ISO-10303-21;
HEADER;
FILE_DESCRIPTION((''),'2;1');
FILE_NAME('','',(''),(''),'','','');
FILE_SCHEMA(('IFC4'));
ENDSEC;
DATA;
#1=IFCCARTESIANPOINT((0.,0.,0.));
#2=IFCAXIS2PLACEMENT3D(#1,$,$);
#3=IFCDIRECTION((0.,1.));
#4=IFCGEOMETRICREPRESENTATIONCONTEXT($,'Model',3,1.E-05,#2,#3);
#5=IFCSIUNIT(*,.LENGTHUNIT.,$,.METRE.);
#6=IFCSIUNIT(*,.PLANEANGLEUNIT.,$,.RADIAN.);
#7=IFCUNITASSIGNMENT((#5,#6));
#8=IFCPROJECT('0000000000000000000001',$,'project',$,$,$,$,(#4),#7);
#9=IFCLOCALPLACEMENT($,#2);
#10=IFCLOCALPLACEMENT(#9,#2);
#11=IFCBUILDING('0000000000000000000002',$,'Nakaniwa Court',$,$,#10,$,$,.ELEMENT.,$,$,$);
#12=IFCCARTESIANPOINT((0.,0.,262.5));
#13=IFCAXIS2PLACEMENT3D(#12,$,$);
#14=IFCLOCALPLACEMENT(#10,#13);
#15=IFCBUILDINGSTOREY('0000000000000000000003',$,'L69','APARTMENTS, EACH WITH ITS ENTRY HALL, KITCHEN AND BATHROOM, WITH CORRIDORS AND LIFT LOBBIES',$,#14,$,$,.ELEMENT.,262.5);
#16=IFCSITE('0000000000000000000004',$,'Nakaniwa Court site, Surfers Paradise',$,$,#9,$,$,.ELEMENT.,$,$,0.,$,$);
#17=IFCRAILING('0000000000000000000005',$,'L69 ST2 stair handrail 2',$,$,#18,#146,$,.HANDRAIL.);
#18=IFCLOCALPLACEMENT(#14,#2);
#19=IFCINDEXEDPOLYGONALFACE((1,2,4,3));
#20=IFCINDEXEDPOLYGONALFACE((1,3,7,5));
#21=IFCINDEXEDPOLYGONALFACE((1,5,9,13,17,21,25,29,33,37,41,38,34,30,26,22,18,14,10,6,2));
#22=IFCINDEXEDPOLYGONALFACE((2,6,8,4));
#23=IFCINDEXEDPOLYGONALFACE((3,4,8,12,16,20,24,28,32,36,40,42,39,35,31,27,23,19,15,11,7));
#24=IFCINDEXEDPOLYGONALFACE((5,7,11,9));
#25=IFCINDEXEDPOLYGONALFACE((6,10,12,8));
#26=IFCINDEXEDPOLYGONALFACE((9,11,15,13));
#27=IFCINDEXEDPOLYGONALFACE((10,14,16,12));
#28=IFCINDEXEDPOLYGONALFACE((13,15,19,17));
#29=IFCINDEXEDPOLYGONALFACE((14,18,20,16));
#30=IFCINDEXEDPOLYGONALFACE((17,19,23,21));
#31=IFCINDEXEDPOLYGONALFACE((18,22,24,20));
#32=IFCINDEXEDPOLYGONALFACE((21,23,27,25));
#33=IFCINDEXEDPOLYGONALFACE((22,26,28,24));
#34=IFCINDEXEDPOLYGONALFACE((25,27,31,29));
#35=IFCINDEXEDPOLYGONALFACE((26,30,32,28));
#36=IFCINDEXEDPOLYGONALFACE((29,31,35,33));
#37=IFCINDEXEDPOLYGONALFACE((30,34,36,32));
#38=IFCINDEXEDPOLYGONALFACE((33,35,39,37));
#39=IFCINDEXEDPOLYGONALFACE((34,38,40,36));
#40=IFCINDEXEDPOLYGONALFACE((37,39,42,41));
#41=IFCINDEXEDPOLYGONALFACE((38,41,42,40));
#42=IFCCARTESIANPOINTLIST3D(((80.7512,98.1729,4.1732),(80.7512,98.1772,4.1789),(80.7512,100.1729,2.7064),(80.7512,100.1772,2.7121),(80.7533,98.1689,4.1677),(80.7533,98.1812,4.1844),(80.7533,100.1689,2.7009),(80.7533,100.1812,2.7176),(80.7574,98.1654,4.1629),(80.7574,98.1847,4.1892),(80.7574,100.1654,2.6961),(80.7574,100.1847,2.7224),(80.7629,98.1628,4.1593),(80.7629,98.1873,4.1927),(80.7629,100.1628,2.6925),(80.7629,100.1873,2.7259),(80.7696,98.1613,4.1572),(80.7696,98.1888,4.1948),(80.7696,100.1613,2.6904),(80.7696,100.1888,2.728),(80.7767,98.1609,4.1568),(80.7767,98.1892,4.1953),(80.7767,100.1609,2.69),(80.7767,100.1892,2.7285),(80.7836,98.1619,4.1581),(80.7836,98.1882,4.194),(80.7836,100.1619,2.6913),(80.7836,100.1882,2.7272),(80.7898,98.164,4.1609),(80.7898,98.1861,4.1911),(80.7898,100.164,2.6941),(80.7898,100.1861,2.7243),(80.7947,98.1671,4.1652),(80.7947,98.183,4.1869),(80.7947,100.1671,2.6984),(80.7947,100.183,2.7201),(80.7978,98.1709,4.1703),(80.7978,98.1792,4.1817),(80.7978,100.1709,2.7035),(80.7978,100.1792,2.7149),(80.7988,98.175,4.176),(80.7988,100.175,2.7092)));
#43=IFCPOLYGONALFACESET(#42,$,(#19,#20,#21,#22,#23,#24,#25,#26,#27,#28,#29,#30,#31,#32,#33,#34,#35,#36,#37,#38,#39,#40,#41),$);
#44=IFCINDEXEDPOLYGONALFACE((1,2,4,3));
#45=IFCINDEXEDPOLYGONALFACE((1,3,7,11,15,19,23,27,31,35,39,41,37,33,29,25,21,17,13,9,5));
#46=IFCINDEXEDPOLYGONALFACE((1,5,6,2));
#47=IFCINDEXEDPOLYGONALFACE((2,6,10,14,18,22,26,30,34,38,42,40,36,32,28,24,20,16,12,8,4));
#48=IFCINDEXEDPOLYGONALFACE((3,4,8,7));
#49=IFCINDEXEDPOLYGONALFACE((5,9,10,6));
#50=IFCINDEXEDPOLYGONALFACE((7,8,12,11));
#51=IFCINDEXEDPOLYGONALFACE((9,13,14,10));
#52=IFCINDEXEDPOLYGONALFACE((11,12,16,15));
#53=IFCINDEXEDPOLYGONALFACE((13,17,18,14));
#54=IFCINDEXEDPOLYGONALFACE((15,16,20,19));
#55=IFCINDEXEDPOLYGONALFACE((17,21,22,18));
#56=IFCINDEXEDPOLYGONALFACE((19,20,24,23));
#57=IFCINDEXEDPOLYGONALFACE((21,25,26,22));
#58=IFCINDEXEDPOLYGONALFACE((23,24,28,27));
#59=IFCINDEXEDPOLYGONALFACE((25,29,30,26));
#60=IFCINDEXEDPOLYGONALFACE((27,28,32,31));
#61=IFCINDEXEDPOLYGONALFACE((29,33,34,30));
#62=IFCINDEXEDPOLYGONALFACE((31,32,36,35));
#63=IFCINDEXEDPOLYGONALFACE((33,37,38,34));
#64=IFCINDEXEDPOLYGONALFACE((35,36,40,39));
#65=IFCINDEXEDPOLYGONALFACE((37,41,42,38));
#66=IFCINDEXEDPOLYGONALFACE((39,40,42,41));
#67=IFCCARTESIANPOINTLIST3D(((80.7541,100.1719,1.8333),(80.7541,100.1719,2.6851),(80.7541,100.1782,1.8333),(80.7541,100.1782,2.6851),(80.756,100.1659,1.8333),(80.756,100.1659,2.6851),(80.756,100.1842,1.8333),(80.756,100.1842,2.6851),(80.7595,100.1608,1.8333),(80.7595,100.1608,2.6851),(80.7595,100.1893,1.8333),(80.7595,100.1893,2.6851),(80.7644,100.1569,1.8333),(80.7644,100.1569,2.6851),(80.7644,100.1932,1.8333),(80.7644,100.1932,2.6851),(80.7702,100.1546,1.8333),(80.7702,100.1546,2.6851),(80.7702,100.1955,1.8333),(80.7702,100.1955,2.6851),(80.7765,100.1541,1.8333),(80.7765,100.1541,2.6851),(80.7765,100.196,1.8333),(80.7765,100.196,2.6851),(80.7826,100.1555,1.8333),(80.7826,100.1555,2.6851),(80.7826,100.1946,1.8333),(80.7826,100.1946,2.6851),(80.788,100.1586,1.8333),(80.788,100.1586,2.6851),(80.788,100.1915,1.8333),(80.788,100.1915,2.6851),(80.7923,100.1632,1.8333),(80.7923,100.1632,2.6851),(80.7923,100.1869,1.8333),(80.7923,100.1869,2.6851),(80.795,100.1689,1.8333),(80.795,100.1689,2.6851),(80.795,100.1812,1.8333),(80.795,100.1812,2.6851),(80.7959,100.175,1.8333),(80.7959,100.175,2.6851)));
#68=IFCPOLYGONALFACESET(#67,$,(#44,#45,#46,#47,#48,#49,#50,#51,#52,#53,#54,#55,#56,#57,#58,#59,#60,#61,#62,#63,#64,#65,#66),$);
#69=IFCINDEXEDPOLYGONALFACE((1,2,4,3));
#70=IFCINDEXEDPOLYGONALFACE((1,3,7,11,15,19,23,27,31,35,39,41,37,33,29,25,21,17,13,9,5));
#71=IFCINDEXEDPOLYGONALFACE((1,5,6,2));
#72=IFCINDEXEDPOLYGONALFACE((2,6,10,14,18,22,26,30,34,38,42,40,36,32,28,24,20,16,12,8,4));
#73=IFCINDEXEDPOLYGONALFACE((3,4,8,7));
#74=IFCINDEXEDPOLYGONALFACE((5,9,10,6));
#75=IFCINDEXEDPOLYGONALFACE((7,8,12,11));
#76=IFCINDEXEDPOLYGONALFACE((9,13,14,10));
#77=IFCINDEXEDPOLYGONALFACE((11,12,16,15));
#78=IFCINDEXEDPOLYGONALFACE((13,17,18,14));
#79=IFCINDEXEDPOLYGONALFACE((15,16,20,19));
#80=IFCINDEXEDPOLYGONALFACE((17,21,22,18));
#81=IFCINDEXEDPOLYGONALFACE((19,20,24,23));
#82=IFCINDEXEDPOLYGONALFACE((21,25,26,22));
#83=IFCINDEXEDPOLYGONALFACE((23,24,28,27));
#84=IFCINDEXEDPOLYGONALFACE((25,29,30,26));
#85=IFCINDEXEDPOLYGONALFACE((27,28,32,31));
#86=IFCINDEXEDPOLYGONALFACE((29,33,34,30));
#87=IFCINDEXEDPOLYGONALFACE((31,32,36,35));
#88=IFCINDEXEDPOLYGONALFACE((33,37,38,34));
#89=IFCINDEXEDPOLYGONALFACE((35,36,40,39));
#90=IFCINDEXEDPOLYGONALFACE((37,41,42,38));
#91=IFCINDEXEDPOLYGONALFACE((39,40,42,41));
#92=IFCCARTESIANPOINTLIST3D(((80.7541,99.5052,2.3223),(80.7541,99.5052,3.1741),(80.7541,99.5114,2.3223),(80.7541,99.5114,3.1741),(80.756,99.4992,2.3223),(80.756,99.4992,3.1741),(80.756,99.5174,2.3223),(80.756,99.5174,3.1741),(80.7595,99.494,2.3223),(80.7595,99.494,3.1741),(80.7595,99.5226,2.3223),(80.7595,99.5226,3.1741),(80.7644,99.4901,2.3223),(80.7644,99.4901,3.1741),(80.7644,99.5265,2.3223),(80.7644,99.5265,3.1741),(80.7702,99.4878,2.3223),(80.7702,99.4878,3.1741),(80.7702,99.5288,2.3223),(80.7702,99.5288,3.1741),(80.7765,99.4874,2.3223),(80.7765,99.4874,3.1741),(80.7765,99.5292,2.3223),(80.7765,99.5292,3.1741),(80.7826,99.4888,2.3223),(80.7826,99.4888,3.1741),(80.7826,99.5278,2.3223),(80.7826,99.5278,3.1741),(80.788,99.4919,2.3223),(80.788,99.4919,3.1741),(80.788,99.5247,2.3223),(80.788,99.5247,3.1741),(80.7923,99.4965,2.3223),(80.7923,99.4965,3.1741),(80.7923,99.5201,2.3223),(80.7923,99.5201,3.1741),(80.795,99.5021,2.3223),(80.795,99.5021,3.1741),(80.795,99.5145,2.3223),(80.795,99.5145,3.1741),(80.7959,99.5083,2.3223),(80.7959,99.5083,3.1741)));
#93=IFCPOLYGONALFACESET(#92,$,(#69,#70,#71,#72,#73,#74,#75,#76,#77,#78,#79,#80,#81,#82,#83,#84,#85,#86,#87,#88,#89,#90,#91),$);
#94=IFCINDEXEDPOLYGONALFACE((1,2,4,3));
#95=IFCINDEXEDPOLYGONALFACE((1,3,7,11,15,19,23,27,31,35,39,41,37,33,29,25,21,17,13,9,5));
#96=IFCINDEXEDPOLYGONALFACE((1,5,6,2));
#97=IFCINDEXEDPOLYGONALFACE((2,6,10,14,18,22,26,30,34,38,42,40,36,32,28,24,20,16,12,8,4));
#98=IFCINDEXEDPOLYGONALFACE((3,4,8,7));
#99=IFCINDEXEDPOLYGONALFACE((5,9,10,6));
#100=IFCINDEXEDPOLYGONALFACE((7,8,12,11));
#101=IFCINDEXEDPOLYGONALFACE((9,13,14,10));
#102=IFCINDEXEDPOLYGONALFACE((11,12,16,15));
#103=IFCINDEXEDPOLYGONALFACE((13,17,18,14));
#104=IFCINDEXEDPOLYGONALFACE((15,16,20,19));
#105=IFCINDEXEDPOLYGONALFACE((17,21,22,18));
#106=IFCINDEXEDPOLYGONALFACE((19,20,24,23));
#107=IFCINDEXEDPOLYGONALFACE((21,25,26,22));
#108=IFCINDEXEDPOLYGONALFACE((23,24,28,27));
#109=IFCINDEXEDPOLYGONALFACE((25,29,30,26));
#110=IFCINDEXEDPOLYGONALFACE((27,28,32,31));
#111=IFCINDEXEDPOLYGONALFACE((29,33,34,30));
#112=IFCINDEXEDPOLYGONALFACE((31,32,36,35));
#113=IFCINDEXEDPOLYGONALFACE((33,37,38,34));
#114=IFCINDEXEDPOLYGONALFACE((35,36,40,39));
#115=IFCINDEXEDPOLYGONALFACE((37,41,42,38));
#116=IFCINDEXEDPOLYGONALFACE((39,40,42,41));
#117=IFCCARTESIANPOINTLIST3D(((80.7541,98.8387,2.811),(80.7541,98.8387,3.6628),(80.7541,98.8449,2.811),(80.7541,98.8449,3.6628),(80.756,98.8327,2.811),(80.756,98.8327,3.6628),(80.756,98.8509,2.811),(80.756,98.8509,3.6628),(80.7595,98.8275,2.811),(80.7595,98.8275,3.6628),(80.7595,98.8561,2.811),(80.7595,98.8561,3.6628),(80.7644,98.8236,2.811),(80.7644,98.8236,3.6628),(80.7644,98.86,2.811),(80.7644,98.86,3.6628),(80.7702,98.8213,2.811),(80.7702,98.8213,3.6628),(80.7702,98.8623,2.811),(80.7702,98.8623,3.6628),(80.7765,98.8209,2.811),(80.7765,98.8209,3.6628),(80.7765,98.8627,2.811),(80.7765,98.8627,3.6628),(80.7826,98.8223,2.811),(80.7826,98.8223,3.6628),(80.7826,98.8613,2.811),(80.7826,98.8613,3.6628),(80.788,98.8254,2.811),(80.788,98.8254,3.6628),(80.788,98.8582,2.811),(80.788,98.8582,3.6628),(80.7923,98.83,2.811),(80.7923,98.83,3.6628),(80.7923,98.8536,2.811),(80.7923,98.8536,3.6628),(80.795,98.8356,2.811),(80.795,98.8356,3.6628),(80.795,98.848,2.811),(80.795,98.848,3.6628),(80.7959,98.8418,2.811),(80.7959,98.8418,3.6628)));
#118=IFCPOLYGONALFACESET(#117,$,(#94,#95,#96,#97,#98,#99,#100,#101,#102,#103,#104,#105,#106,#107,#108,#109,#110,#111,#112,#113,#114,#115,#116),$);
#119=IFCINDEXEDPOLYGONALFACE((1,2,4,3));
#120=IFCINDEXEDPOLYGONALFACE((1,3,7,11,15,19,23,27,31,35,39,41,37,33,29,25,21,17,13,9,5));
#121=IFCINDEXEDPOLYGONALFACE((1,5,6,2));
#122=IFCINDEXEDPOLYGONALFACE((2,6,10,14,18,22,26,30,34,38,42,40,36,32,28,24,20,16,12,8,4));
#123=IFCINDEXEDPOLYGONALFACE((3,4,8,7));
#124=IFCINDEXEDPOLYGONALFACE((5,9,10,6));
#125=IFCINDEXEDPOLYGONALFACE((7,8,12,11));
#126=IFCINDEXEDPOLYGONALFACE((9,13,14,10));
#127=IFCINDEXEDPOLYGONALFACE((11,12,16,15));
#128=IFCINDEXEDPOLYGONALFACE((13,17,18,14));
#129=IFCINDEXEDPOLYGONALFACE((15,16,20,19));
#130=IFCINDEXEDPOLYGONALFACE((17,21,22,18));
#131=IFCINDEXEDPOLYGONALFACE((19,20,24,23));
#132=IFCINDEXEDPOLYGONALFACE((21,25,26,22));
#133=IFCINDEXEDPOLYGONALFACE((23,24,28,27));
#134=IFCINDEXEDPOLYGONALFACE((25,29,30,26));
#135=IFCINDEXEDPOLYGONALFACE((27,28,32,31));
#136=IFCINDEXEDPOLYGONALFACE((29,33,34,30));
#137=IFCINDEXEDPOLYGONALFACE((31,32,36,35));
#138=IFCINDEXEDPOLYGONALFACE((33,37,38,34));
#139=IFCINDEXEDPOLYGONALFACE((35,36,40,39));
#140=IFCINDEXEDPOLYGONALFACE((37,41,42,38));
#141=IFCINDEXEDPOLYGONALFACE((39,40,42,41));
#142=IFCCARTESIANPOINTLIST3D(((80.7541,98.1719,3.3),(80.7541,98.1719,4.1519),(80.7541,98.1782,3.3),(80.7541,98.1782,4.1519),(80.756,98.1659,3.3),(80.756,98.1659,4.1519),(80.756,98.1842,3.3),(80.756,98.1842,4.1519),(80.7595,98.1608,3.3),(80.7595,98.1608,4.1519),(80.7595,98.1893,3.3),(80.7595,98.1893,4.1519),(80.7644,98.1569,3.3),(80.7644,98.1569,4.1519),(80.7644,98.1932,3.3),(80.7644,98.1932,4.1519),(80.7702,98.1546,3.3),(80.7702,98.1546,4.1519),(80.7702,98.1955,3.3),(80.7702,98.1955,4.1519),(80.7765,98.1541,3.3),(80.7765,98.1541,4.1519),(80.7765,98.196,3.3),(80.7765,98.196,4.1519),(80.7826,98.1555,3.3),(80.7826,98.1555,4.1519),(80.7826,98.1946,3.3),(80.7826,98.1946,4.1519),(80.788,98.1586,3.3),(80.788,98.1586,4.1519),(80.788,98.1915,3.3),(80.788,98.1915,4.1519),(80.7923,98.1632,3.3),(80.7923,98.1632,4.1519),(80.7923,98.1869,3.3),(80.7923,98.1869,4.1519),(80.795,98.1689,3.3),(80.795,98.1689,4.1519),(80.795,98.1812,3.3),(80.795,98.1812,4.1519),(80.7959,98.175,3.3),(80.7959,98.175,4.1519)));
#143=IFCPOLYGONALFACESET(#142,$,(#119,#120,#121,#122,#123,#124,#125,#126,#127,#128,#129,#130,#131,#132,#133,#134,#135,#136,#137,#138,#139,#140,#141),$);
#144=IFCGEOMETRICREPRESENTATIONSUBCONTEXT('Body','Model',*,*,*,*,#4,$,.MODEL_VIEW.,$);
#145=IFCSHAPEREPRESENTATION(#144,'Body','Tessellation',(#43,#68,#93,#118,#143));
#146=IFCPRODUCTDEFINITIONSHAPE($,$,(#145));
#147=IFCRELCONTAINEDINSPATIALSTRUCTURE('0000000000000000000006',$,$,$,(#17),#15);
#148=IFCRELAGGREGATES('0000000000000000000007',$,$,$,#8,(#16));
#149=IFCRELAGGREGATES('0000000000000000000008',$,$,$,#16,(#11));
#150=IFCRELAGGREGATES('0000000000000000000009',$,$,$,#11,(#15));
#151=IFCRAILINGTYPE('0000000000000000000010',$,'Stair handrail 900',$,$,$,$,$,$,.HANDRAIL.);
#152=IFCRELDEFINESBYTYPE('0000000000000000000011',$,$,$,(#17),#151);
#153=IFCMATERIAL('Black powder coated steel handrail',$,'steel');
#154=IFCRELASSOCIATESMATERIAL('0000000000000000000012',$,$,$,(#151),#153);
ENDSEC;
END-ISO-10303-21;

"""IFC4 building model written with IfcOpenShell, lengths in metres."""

from ifc_helpers import new_model, si_unit, direction, frame, origin, origin_2d, place, context, subcontext, project, spatial, circle, extrude, material, type_object, element, save


model = new_model("IFC4")

# Units and contexts
model_context = context("Model", 3, precision=1e-05, world=origin(), true_north=direction((0.0, 1.0)))
body_context = subcontext(model_context, "Body", "Model", "MODEL_VIEW")
ifc_project = project(units=[si_unit("LENGTHUNIT", "METRE"), si_unit("PLANEANGLEUNIT", "RADIAN")], contexts=[model_context])

# Site, building, storey
site_placement = place(None, origin())
site = spatial("IfcSite", under=ifc_project, at=site_placement, Name="Nakaniwa Court site, Surfers Paradise", CompositionType="ELEMENT", RefElevation=0.0)
building_placement = place(site_placement, origin())
building = spatial("IfcBuilding", under=site, at=building_placement, Name="Nakaniwa Court", CompositionType="ELEMENT")
storey_placement = place(building_placement, frame((0.0, 0.0, 262.5)))
storey = spatial("IfcBuildingStorey", under=building, at=storey_placement, Name="L69", Description="APARTMENTS, EACH WITH ITS ENTRY HALL, KITCHEN AND BATHROOM, WITH CORRIDORS AND LIFT LOBBIES", CompositionType="ELEMENT", Elevation=262.5)

# Railing
ifc_material_1 = material(Name="Black powder coated steel handrail", Category="steel")
railing_type_1 = type_object("IfcRailingType", Name="Stair handrail 900", PredefinedType="HANDRAIL", material=ifc_material_1)
railing_1_placement = place(storey_placement, frame((80.7749, 100.175, 1.8333)))
element("IfcRailing", 1, at=railing_1_placement, inside=storey, type_object=railing_type_1, Name="L69 ST2 stair handrail 2", PredefinedType="HANDRAIL", context=body_context, shape_type="SweptSolid", body=[
    extrude(circle(Radius=0.0239, at=origin_2d()), frame((0.0, 0.0, 0.876), z_axis=(0.0, -0.80638, 0.591398), x_axis=(1.0, 0.0, 0.0)), (0.0, 0.0, 1.0), 2.4802),
    extrude(circle(Radius=0.021, at=origin_2d()), origin(), (0.0, 0.0, 1.0), 0.8518),
    extrude(circle(Radius=0.021, at=origin_2d()), frame((0.0, -0.6667, 0.489)), (0.0, 0.0, 1.0), 0.8518),
    extrude(circle(Radius=0.021, at=origin_2d()), frame((0.0, -1.3333, 0.9778)), (0.0, 0.0, 1.0), 0.8518),
    extrude(circle(Radius=0.021, at=origin_2d()), frame((0.0, -2.0, 1.4668)), (0.0, 0.0, 1.0), 0.8518),
])

save(model, "model.ifc")
